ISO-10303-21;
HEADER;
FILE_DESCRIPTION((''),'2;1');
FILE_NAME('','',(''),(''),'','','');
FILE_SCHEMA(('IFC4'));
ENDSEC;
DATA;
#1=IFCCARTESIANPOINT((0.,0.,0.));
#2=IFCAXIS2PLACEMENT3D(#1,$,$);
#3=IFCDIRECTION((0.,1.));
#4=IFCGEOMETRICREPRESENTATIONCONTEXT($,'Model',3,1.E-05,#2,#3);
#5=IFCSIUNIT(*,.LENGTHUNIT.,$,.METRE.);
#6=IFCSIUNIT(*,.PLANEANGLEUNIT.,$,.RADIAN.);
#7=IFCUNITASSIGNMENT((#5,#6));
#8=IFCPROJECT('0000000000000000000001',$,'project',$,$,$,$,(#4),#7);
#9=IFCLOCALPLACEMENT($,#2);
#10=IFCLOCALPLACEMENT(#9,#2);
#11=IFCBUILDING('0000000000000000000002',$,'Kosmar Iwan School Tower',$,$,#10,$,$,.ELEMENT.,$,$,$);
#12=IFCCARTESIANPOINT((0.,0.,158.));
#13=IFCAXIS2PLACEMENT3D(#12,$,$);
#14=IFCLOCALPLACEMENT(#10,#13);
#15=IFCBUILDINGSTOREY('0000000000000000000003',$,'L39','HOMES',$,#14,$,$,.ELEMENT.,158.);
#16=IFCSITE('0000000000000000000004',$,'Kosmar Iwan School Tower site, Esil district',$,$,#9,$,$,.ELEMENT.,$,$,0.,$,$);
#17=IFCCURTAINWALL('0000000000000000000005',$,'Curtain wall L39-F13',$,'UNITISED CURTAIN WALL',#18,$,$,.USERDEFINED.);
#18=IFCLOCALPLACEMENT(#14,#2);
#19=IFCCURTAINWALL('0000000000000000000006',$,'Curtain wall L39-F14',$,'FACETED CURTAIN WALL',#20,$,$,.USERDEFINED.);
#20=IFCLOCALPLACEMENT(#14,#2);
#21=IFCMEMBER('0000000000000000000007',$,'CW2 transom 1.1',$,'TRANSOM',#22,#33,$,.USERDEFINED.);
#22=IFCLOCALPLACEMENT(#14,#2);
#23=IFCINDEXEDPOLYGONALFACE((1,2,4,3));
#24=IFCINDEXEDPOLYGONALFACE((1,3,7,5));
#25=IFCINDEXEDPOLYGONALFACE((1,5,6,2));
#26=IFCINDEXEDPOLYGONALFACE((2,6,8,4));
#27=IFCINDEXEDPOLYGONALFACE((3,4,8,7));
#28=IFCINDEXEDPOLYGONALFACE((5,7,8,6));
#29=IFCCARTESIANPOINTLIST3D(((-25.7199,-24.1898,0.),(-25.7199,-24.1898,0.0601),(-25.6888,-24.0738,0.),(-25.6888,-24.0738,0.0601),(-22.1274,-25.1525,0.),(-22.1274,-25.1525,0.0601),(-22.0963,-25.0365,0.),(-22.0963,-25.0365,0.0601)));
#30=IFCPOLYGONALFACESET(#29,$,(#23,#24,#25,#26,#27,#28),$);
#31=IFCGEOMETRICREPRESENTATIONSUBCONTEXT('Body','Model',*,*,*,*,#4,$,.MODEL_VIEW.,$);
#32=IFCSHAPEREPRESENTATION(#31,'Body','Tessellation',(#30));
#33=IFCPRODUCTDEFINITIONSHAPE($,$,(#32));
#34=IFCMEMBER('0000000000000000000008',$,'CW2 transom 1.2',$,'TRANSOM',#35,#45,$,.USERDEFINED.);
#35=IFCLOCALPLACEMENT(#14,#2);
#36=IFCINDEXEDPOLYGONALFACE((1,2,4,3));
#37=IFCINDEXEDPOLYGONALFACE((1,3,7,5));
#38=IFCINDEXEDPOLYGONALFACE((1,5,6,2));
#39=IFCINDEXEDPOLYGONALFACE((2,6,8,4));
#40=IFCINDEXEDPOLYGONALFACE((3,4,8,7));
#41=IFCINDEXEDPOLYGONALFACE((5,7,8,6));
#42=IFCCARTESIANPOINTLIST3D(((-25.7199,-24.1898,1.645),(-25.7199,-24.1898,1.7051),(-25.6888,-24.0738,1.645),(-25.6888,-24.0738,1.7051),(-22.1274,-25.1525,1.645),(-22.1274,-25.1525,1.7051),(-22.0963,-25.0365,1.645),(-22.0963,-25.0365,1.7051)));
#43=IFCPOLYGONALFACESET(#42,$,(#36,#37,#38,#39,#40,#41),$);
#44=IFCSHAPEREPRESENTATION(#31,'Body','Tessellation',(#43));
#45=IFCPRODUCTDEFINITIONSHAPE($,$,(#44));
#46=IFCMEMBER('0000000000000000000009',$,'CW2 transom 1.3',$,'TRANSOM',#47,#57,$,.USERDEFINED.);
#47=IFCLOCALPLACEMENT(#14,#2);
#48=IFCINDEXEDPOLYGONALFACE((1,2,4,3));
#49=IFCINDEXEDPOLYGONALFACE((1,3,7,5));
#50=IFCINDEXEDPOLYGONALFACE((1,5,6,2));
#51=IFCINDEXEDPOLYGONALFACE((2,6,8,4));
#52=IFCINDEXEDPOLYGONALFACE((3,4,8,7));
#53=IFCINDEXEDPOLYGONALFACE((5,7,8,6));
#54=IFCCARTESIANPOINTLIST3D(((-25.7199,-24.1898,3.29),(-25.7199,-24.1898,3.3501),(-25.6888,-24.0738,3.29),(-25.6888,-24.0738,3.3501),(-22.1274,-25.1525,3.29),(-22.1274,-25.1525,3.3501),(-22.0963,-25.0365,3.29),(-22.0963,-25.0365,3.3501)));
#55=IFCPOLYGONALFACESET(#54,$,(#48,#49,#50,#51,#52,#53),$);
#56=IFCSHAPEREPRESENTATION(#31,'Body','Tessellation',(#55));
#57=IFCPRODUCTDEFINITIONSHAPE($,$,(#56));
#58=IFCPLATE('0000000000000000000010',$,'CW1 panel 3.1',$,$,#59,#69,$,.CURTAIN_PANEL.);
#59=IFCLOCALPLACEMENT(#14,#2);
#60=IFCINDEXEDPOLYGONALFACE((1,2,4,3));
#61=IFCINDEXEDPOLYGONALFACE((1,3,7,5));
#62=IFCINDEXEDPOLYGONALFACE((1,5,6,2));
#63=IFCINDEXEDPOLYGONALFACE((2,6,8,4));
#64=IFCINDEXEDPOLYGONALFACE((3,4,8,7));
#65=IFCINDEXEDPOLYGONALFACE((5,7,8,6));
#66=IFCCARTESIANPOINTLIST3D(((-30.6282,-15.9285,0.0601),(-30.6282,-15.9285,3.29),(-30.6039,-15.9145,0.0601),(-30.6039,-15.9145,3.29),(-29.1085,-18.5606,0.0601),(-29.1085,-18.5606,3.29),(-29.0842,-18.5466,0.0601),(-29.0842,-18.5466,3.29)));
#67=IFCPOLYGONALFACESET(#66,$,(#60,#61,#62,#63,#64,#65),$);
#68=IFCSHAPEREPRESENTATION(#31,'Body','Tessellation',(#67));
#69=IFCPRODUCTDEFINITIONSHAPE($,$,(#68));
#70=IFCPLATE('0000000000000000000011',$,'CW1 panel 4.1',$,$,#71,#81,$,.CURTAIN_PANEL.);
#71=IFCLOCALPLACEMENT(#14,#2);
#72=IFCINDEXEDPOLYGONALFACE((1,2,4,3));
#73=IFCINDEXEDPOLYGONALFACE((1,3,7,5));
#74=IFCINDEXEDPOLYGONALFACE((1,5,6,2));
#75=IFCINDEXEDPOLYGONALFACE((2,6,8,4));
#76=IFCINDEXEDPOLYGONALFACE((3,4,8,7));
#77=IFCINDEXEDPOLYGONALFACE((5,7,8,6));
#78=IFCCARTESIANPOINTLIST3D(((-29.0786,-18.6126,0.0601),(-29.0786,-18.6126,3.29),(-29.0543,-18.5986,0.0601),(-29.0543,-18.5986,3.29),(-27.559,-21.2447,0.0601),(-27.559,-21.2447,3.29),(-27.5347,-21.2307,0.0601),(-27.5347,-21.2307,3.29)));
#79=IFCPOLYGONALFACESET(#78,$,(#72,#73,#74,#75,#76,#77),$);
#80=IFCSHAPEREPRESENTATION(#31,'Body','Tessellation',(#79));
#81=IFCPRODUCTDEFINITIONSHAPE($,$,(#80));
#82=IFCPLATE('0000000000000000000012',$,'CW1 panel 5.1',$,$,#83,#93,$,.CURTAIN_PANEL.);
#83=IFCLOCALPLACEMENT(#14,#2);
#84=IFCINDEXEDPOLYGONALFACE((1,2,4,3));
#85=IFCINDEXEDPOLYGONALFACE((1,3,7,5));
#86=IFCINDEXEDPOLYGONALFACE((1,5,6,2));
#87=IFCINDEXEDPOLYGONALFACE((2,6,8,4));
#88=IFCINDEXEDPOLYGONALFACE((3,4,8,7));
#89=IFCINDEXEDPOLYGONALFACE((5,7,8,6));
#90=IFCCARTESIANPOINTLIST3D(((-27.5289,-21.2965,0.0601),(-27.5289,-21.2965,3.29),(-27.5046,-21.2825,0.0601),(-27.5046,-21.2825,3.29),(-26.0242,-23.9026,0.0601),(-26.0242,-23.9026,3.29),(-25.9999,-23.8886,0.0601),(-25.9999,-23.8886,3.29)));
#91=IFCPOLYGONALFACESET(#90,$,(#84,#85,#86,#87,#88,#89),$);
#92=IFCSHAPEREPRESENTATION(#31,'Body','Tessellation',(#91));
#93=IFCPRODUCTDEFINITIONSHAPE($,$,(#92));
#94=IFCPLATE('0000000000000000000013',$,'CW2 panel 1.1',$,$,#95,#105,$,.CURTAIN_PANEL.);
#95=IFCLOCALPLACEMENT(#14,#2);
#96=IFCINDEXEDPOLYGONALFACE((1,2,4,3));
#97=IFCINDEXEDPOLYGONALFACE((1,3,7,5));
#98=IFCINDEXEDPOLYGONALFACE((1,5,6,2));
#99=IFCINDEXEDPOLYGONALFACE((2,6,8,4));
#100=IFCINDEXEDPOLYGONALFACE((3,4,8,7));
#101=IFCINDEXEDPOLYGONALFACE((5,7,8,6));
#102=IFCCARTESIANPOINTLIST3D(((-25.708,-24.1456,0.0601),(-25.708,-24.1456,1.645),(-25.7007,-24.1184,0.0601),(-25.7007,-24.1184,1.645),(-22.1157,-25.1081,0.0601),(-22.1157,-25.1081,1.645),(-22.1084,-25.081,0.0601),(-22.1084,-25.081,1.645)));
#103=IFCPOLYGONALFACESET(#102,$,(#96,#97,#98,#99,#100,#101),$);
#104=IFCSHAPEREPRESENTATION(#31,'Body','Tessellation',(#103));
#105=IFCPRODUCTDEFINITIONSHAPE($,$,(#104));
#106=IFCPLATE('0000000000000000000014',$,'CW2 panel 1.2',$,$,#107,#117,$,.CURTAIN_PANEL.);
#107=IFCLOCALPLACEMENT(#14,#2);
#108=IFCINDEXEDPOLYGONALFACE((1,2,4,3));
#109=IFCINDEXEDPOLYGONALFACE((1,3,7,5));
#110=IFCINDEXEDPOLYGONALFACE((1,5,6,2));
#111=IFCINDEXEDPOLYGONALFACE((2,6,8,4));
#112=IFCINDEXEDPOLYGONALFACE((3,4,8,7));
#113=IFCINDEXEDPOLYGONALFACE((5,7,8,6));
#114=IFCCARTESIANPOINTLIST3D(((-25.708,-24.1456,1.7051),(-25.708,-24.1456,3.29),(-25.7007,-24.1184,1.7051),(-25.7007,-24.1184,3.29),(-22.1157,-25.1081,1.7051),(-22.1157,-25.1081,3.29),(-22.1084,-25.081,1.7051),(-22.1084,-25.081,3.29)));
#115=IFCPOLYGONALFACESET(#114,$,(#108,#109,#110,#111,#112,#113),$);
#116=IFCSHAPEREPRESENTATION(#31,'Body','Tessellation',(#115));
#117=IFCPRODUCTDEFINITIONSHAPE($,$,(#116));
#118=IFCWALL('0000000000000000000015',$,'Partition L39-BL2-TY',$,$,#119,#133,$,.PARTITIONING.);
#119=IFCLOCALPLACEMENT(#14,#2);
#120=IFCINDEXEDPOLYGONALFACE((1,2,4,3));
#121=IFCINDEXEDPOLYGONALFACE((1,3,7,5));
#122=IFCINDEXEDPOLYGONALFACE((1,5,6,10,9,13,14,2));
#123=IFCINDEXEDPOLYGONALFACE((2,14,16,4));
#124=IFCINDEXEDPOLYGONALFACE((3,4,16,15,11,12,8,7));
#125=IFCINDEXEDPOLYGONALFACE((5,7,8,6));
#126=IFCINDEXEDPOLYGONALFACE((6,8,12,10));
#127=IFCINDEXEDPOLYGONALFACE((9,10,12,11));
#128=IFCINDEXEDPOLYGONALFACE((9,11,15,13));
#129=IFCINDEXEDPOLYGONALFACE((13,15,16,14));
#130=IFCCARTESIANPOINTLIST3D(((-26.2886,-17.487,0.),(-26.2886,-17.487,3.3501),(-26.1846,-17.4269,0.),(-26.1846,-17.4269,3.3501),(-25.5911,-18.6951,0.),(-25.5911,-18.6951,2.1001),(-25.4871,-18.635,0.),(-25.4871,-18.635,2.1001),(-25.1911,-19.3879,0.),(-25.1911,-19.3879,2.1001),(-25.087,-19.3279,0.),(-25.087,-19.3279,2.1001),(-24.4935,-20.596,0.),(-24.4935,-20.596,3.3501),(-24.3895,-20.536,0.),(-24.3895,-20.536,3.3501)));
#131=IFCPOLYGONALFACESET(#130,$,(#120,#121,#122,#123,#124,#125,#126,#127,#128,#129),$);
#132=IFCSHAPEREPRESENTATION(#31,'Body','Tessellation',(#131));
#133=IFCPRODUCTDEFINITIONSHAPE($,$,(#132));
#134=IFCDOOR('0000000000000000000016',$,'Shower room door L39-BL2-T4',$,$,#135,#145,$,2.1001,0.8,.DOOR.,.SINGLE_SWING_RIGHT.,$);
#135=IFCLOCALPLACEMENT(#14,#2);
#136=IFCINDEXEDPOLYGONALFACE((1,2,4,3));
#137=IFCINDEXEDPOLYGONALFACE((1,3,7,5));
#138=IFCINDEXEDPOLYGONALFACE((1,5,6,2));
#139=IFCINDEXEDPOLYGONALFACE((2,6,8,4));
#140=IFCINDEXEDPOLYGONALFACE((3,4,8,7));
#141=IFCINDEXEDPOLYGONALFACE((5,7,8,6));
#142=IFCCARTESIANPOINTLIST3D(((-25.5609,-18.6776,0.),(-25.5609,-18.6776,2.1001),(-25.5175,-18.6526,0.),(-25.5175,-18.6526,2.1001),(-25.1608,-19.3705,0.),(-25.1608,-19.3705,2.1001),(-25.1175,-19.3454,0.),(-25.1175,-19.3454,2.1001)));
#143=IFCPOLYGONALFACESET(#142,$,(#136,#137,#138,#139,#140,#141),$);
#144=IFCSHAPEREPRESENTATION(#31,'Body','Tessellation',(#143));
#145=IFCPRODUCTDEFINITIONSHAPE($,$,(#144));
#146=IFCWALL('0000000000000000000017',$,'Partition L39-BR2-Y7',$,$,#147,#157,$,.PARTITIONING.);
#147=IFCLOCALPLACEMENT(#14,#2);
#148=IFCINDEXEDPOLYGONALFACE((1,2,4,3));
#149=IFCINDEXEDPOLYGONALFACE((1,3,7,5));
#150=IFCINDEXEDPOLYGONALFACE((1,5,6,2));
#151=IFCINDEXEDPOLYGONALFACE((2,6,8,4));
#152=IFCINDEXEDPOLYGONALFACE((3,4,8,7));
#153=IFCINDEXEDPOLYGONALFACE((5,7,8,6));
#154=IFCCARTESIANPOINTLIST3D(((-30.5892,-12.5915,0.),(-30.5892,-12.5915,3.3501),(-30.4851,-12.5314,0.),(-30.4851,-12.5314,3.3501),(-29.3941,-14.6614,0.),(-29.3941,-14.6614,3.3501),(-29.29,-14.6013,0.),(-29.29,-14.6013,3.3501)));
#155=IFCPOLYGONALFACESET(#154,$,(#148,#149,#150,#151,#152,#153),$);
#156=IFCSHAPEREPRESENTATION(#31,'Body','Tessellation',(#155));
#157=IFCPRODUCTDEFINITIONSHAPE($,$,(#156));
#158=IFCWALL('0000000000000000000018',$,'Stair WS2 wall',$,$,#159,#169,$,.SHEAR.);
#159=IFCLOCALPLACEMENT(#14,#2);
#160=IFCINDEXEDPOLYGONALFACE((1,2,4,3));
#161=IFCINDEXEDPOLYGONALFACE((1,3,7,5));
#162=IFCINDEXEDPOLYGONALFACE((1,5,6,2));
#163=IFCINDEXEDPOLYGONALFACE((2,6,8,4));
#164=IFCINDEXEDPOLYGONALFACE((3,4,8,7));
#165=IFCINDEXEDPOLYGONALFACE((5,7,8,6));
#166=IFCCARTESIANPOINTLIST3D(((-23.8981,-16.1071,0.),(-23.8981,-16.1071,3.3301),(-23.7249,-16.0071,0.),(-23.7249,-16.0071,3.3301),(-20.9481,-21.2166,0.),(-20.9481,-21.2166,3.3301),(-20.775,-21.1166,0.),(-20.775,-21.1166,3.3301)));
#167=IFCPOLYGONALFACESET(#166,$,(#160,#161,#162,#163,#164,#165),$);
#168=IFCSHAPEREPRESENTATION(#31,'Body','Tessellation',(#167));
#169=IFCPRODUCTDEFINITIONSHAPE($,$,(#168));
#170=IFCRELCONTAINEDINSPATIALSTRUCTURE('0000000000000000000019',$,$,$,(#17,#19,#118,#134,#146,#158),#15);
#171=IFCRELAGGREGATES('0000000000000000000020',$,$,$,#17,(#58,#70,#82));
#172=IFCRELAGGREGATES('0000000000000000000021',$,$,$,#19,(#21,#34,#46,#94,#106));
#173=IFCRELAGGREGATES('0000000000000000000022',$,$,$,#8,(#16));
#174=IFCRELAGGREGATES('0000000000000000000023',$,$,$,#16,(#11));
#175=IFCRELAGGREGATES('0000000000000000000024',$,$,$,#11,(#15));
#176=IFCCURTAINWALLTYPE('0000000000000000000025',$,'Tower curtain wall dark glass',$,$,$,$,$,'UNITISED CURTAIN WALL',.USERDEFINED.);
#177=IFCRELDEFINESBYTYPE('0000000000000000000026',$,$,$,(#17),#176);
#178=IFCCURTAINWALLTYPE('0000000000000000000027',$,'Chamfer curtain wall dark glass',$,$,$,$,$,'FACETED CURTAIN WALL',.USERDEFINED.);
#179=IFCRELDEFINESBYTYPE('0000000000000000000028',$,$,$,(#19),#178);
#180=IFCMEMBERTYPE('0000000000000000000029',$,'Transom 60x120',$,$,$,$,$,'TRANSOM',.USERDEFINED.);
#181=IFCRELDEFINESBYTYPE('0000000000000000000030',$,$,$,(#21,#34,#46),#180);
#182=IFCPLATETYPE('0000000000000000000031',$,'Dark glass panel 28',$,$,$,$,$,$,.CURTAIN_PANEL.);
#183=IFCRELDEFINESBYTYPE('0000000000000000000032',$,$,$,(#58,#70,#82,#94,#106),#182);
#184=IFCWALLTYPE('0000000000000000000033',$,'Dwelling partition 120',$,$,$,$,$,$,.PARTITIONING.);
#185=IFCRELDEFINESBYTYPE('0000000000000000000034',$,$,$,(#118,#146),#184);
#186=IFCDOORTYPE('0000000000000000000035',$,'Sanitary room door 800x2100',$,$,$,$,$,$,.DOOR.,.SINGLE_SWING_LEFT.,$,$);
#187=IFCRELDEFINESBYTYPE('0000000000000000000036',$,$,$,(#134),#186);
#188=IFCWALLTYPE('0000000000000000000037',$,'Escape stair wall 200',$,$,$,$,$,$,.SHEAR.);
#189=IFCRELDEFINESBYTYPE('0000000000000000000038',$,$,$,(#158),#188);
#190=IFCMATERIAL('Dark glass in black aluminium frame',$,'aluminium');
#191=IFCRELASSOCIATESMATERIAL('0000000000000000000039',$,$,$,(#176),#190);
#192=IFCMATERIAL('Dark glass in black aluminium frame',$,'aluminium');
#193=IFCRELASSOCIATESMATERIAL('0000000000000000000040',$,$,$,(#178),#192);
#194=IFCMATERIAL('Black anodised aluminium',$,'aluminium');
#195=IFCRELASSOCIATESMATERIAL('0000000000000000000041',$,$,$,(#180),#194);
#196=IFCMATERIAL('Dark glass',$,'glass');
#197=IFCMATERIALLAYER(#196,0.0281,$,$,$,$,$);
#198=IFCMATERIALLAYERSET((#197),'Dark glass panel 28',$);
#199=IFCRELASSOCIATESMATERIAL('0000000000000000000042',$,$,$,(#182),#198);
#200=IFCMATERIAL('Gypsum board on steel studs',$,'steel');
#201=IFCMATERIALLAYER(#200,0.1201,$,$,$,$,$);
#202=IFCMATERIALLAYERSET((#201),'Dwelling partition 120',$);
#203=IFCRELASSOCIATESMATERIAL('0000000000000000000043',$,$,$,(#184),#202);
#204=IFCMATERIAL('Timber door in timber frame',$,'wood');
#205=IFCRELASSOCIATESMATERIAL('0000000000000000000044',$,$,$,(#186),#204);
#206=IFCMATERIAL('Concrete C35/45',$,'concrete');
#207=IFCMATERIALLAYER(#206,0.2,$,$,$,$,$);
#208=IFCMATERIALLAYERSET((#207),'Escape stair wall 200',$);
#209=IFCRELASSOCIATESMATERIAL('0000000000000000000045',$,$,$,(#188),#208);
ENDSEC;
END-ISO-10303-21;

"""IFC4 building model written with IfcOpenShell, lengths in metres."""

from ifc_helpers import new_model, si_unit, direction, frame, frame_2d, origin, origin_2d, place, context, subcontext, project, spatial, rectangle, extrude, material, layer, layer_set, material_profile, profile_set, type_object, element, fill, aggregate, save


model = new_model("IFC4")

# Units and contexts
model_context = context("Model", 3, precision=1e-05, world=origin(), true_north=direction((0.0, 1.0)))
body_context = subcontext(model_context, "Body", "Model", "MODEL_VIEW")
ifc_project = project(units=[si_unit("LENGTHUNIT", "METRE"), si_unit("PLANEANGLEUNIT", "RADIAN")], contexts=[model_context])

# Site, building, storey
site_placement = place(None, origin())
site = spatial("IfcSite", under=ifc_project, at=site_placement, Name="Kosmar Iwan School Tower site, Esil district", CompositionType="ELEMENT", RefElevation=0.0)
building_placement = place(site_placement, origin())
building = spatial("IfcBuilding", under=site, at=building_placement, Name="Kosmar Iwan School Tower", CompositionType="ELEMENT")
storey_placement = place(building_placement, frame((0.0, 0.0, 158.0)))
storey = spatial("IfcBuildingStorey", under=building, at=storey_placement, Name="L39", Description="HOMES", CompositionType="ELEMENT", Elevation=158.0)

# Curtain wall
ifc_material_1 = material(Name="Dark glass in black aluminium frame", Category="aluminium")
curtain_wall_type_1 = type_object("IfcCurtainWallType", Name="Tower curtain wall dark glass", ElementType="UNITISED CURTAIN WALL", PredefinedType="USERDEFINED", material=ifc_material_1)
curtain_wall_1_placement = place(storey_placement, origin())
curtain_wall_1 = element("IfcCurtainWall", 1, at=curtain_wall_1_placement, inside=storey, type_object=curtain_wall_type_1, Name="Curtain wall L39-F13", ObjectType="UNITISED CURTAIN WALL", PredefinedType="USERDEFINED")

# Curtain wall
ifc_material_2 = material(Name="Dark glass in black aluminium frame", Category="aluminium")
curtain_wall_type_2 = type_object("IfcCurtainWallType", Name="Chamfer curtain wall dark glass", ElementType="FACETED CURTAIN WALL", PredefinedType="USERDEFINED", material=ifc_material_2)
curtain_wall_2_placement = place(storey_placement, origin())
curtain_wall_2 = element("IfcCurtainWall", 2, at=curtain_wall_2_placement, inside=storey, type_object=curtain_wall_type_2, Name="Curtain wall L39-F14", ObjectType="FACETED CURTAIN WALL", PredefinedType="USERDEFINED")

# Members
ifc_material_3 = material(Name="Black anodised aluminium", Category="aluminium")
ifc_material_profile_1 = material_profile(ifc_material_3, rectangle(XDim=0.1201, YDim=0.0601, at=origin_2d()), Name="TRANSOM 60x120")
ifc_profile_set_1 = profile_set([ifc_material_profile_1], Name="Black anodised aluminium")
member_type_1 = type_object("IfcMemberType", Name="Transom 60x120", ElementType="TRANSOM", PredefinedType="USERDEFINED", material=ifc_profile_set_1)
member_1_placement = place(storey_placement, frame((-25.7043, -24.1318, 0.03), z_axis=(0.965924, -0.258827, 0.0), x_axis=(0.258827, 0.965924, 0.0)))
member_1 = element("IfcMember", 3, at=member_1_placement, type_object=member_type_1, Name="CW2 transom 1.1", ObjectType="TRANSOM", PredefinedType="USERDEFINED", context=body_context, shape_type="SweptSolid", body=[
    extrude(rectangle(XDim=0.1201, YDim=0.0601, at=origin_2d()), origin(), (0.0, 0.0, 1.0), 3.7192),
])
member_2_placement = place(storey_placement, frame((-25.7043, -24.1318, 1.675), z_axis=(0.965924, -0.258827, 0.0), x_axis=(0.258827, 0.965924, 0.0)))
member_2 = element("IfcMember", 4, at=member_2_placement, type_object=member_type_1, Name="CW2 transom 1.2", ObjectType="TRANSOM", PredefinedType="USERDEFINED", context=body_context, shape_type="SweptSolid", body=[
    extrude(rectangle(XDim=0.1201, YDim=0.0601, at=origin_2d()), origin(), (0.0, 0.0, 1.0), 3.7192),
])
member_3_placement = place(storey_placement, frame((-25.7043, -24.1318, 3.3201), z_axis=(0.965924, -0.258827, 0.0), x_axis=(0.258827, 0.965924, 0.0)))
member_3 = element("IfcMember", 5, at=member_3_placement, type_object=member_type_1, Name="CW2 transom 1.3", ObjectType="TRANSOM", PredefinedType="USERDEFINED", context=body_context, shape_type="SweptSolid", body=[
    extrude(rectangle(XDim=0.1201, YDim=0.0601, at=origin_2d()), origin(), (0.0, 0.0, 1.0), 3.7192),
])

# Plates
ifc_material_4 = material(Name="Dark glass", Category="glass")
ifc_layer_1 = layer(ifc_material_4, 0.0281)
ifc_layer_set_1 = layer_set([ifc_layer_1], Name="Dark glass panel 28")
plate_type = type_object("IfcPlateType", Name="Dark glass panel 28", PredefinedType="CURTAIN_PANEL", material=ifc_layer_set_1)
plate_1_placement = place(storey_placement, frame((-29.8562, -17.2375, 0.0601), z_axis=(0.0, 0.0, 1.0), x_axis=(0.5, -0.866025, 0.0)))
plate_1 = element("IfcPlate", 6, at=plate_1_placement, type_object=plate_type, Name="CW1 panel 3.1", PredefinedType="CURTAIN_PANEL", context=body_context, shape_type="SweptSolid", body=[
    extrude(rectangle(XDim=3.0393, YDim=0.0281, at=origin_2d()), origin(), (0.0, 0.0, 1.0), 3.23),
])
plate_2_placement = place(storey_placement, frame((-28.3066, -19.9216, 0.0601), z_axis=(0.0, 0.0, 1.0), x_axis=(0.5, -0.866025, 0.0)))
plate_2 = element("IfcPlate", 7, at=plate_2_placement, type_object=plate_type, Name="CW1 panel 4.1", PredefinedType="CURTAIN_PANEL", context=body_context, shape_type="SweptSolid", body=[
    extrude(rectangle(XDim=3.0393, YDim=0.0281, at=origin_2d()), origin(), (0.0, 0.0, 1.0), 3.23),
])
plate_3_placement = place(storey_placement, frame((-26.7644, -22.5925, 0.0601), z_axis=(0.0, 0.0, 1.0), x_axis=(0.5, -0.866025, 0.0)))
plate_3 = element("IfcPlate", 8, at=plate_3_placement, type_object=plate_type, Name="CW1 panel 5.1", PredefinedType="CURTAIN_PANEL", context=body_context, shape_type="SweptSolid", body=[
    extrude(rectangle(XDim=3.0093, YDim=0.0281, at=origin_2d()), origin(), (0.0, 0.0, 1.0), 3.23),
])
aggregate(curtain_wall_1, [plate_1, plate_2, plate_3])
plate_4_placement = place(storey_placement, frame((-23.9082, -24.6133, 0.0601), z_axis=(0.0, 0.0, 1.0), x_axis=(0.965926, -0.258819, 0.0)))
plate_4 = element("IfcPlate", 9, at=plate_4_placement, type_object=plate_type, Name="CW2 panel 1.1", PredefinedType="CURTAIN_PANEL", context=body_context, shape_type="SweptSolid", body=[
    extrude(rectangle(XDim=3.719, YDim=0.0281, at=origin_2d()), origin(), (0.0, 0.0, 1.0), 1.585),
])
plate_5_placement = place(storey_placement, frame((-23.9082, -24.6133, 1.7051), z_axis=(0.0, 0.0, 1.0), x_axis=(0.965926, -0.258819, 0.0)))
plate_5 = element("IfcPlate", 10, at=plate_5_placement, type_object=plate_type, Name="CW2 panel 1.2", PredefinedType="CURTAIN_PANEL", context=body_context, shape_type="SweptSolid", body=[
    extrude(rectangle(XDim=3.719, YDim=0.0281, at=origin_2d()), origin(), (0.0, 0.0, 1.0), 1.585),
])
aggregate(curtain_wall_2, [member_1, member_2, member_3, plate_4, plate_5])

# Wall, opening, door
ifc_material_5 = material(Name="Gypsum board on steel studs", Category="steel")
ifc_layer_2 = layer(ifc_material_5, 0.1201)
ifc_layer_set_2 = layer_set([ifc_layer_2], Name="Dwelling partition 120")
wall_type_1 = type_object("IfcWallType", Name="Dwelling partition 120", PredefinedType="PARTITIONING", material=ifc_layer_set_2)
wall_1_placement = place(storey_placement, frame((-26.2366, -17.457, 0.0), z_axis=(0.0, 0.0, 1.0), x_axis=(0.500023, -0.866012, 0.0)))
wall_1 = element("IfcWall", 11, at=wall_1_placement, inside=storey, type_object=wall_type_1, Name="Partition L39-BL2-TY", PredefinedType="PARTITIONING", context=body_context, shape_type="SweptSolid", body=[
    extrude(rectangle(XDim=3.5901, YDim=0.1201, at=frame_2d((1.7949, 0.0))), origin(), (0.0, 0.0, 1.0), 3.3501),
])
opening_placement = place(wall_1_placement, frame((1.395, 0.0, 0.0)))
opening = element("IfcOpeningElement", 12, at=opening_placement, cuts=wall_1, PredefinedType="OPENING", context=body_context, shape_type="SweptSolid", body=[
    extrude(rectangle(XDim=0.8, YDim=2.1001, at=frame_2d((0.3999, 1.05))), frame((0.0, 0.072, 0.0), z_axis=(0.0, -1.0, 0.0), x_axis=(1.0, 0.0, 0.0)), (0.0, 0.0, 1.0), 0.144),
])
ifc_material_6 = material(Name="Timber door in timber frame", Category="wood")
door_type = type_object("IfcDoorType", Name="Sanitary room door 800x2100", OperationType="SINGLE_SWING_LEFT", PredefinedType="DOOR", material=ifc_material_6)
door_placement = place(opening_placement, origin())
door = element("IfcDoor", 13, at=door_placement, inside=storey, type_object=door_type, Name="Shower room door L39-BL2-T4", OperationType="SINGLE_SWING_RIGHT", OverallHeight=2.1001, OverallWidth=0.8, PredefinedType="DOOR", context=body_context, shape_type="SweptSolid", body=[
    extrude(rectangle(XDim=0.8, YDim=2.1001, at=frame_2d((0.3999, 1.05))), frame((0.0, 0.0249, 0.0), z_axis=(0.0, -1.0, 0.0), x_axis=(1.0, 0.0, 0.0)), (0.0, 0.0, 1.0), 0.05),
])
fill(opening, door)

# Walls
wall_2_placement = place(storey_placement, frame((-29.342, -14.6313, 0.0), z_axis=(0.0, 0.0, 1.0), x_axis=(-0.500017, 0.866015, 0.0)))
element("IfcWall", 14, at=wall_2_placement, inside=storey, type_object=wall_type_1, Name="Partition L39-BR2-Y7", PredefinedType="PARTITIONING", context=body_context, shape_type="SweptSolid", body=[
    extrude(rectangle(XDim=2.3901, YDim=0.1201, at=frame_2d((1.1951, 0.0))), origin(), (0.0, 0.0, 1.0), 3.3501),
])
ifc_material_7 = material(Name="Concrete C35/45", Category="concrete")
ifc_layer_3 = layer(ifc_material_7, 0.2)
ifc_layer_set_3 = layer_set([ifc_layer_3], Name="Escape stair wall 200")
wall_type_2 = type_object("IfcWallType", Name="Escape stair wall 200", PredefinedType="SHEAR", material=ifc_layer_set_3)
wall_3_placement = place(storey_placement, frame((-23.8115, -16.0571, 0.0), z_axis=(0.0, 0.0, 1.0), x_axis=(0.500007, -0.866022, 0.0)))
element("IfcWall", 15, at=wall_3_placement, inside=storey, type_object=wall_type_2, Name="Stair WS2 wall", PredefinedType="SHEAR", context=body_context, shape_type="SweptSolid", body=[
    extrude(rectangle(XDim=5.8999, YDim=0.2, at=frame_2d((2.95, 0.0))), origin(), (0.0, 0.0, 1.0), 3.3301),
])

save(model, "model.ifc")
